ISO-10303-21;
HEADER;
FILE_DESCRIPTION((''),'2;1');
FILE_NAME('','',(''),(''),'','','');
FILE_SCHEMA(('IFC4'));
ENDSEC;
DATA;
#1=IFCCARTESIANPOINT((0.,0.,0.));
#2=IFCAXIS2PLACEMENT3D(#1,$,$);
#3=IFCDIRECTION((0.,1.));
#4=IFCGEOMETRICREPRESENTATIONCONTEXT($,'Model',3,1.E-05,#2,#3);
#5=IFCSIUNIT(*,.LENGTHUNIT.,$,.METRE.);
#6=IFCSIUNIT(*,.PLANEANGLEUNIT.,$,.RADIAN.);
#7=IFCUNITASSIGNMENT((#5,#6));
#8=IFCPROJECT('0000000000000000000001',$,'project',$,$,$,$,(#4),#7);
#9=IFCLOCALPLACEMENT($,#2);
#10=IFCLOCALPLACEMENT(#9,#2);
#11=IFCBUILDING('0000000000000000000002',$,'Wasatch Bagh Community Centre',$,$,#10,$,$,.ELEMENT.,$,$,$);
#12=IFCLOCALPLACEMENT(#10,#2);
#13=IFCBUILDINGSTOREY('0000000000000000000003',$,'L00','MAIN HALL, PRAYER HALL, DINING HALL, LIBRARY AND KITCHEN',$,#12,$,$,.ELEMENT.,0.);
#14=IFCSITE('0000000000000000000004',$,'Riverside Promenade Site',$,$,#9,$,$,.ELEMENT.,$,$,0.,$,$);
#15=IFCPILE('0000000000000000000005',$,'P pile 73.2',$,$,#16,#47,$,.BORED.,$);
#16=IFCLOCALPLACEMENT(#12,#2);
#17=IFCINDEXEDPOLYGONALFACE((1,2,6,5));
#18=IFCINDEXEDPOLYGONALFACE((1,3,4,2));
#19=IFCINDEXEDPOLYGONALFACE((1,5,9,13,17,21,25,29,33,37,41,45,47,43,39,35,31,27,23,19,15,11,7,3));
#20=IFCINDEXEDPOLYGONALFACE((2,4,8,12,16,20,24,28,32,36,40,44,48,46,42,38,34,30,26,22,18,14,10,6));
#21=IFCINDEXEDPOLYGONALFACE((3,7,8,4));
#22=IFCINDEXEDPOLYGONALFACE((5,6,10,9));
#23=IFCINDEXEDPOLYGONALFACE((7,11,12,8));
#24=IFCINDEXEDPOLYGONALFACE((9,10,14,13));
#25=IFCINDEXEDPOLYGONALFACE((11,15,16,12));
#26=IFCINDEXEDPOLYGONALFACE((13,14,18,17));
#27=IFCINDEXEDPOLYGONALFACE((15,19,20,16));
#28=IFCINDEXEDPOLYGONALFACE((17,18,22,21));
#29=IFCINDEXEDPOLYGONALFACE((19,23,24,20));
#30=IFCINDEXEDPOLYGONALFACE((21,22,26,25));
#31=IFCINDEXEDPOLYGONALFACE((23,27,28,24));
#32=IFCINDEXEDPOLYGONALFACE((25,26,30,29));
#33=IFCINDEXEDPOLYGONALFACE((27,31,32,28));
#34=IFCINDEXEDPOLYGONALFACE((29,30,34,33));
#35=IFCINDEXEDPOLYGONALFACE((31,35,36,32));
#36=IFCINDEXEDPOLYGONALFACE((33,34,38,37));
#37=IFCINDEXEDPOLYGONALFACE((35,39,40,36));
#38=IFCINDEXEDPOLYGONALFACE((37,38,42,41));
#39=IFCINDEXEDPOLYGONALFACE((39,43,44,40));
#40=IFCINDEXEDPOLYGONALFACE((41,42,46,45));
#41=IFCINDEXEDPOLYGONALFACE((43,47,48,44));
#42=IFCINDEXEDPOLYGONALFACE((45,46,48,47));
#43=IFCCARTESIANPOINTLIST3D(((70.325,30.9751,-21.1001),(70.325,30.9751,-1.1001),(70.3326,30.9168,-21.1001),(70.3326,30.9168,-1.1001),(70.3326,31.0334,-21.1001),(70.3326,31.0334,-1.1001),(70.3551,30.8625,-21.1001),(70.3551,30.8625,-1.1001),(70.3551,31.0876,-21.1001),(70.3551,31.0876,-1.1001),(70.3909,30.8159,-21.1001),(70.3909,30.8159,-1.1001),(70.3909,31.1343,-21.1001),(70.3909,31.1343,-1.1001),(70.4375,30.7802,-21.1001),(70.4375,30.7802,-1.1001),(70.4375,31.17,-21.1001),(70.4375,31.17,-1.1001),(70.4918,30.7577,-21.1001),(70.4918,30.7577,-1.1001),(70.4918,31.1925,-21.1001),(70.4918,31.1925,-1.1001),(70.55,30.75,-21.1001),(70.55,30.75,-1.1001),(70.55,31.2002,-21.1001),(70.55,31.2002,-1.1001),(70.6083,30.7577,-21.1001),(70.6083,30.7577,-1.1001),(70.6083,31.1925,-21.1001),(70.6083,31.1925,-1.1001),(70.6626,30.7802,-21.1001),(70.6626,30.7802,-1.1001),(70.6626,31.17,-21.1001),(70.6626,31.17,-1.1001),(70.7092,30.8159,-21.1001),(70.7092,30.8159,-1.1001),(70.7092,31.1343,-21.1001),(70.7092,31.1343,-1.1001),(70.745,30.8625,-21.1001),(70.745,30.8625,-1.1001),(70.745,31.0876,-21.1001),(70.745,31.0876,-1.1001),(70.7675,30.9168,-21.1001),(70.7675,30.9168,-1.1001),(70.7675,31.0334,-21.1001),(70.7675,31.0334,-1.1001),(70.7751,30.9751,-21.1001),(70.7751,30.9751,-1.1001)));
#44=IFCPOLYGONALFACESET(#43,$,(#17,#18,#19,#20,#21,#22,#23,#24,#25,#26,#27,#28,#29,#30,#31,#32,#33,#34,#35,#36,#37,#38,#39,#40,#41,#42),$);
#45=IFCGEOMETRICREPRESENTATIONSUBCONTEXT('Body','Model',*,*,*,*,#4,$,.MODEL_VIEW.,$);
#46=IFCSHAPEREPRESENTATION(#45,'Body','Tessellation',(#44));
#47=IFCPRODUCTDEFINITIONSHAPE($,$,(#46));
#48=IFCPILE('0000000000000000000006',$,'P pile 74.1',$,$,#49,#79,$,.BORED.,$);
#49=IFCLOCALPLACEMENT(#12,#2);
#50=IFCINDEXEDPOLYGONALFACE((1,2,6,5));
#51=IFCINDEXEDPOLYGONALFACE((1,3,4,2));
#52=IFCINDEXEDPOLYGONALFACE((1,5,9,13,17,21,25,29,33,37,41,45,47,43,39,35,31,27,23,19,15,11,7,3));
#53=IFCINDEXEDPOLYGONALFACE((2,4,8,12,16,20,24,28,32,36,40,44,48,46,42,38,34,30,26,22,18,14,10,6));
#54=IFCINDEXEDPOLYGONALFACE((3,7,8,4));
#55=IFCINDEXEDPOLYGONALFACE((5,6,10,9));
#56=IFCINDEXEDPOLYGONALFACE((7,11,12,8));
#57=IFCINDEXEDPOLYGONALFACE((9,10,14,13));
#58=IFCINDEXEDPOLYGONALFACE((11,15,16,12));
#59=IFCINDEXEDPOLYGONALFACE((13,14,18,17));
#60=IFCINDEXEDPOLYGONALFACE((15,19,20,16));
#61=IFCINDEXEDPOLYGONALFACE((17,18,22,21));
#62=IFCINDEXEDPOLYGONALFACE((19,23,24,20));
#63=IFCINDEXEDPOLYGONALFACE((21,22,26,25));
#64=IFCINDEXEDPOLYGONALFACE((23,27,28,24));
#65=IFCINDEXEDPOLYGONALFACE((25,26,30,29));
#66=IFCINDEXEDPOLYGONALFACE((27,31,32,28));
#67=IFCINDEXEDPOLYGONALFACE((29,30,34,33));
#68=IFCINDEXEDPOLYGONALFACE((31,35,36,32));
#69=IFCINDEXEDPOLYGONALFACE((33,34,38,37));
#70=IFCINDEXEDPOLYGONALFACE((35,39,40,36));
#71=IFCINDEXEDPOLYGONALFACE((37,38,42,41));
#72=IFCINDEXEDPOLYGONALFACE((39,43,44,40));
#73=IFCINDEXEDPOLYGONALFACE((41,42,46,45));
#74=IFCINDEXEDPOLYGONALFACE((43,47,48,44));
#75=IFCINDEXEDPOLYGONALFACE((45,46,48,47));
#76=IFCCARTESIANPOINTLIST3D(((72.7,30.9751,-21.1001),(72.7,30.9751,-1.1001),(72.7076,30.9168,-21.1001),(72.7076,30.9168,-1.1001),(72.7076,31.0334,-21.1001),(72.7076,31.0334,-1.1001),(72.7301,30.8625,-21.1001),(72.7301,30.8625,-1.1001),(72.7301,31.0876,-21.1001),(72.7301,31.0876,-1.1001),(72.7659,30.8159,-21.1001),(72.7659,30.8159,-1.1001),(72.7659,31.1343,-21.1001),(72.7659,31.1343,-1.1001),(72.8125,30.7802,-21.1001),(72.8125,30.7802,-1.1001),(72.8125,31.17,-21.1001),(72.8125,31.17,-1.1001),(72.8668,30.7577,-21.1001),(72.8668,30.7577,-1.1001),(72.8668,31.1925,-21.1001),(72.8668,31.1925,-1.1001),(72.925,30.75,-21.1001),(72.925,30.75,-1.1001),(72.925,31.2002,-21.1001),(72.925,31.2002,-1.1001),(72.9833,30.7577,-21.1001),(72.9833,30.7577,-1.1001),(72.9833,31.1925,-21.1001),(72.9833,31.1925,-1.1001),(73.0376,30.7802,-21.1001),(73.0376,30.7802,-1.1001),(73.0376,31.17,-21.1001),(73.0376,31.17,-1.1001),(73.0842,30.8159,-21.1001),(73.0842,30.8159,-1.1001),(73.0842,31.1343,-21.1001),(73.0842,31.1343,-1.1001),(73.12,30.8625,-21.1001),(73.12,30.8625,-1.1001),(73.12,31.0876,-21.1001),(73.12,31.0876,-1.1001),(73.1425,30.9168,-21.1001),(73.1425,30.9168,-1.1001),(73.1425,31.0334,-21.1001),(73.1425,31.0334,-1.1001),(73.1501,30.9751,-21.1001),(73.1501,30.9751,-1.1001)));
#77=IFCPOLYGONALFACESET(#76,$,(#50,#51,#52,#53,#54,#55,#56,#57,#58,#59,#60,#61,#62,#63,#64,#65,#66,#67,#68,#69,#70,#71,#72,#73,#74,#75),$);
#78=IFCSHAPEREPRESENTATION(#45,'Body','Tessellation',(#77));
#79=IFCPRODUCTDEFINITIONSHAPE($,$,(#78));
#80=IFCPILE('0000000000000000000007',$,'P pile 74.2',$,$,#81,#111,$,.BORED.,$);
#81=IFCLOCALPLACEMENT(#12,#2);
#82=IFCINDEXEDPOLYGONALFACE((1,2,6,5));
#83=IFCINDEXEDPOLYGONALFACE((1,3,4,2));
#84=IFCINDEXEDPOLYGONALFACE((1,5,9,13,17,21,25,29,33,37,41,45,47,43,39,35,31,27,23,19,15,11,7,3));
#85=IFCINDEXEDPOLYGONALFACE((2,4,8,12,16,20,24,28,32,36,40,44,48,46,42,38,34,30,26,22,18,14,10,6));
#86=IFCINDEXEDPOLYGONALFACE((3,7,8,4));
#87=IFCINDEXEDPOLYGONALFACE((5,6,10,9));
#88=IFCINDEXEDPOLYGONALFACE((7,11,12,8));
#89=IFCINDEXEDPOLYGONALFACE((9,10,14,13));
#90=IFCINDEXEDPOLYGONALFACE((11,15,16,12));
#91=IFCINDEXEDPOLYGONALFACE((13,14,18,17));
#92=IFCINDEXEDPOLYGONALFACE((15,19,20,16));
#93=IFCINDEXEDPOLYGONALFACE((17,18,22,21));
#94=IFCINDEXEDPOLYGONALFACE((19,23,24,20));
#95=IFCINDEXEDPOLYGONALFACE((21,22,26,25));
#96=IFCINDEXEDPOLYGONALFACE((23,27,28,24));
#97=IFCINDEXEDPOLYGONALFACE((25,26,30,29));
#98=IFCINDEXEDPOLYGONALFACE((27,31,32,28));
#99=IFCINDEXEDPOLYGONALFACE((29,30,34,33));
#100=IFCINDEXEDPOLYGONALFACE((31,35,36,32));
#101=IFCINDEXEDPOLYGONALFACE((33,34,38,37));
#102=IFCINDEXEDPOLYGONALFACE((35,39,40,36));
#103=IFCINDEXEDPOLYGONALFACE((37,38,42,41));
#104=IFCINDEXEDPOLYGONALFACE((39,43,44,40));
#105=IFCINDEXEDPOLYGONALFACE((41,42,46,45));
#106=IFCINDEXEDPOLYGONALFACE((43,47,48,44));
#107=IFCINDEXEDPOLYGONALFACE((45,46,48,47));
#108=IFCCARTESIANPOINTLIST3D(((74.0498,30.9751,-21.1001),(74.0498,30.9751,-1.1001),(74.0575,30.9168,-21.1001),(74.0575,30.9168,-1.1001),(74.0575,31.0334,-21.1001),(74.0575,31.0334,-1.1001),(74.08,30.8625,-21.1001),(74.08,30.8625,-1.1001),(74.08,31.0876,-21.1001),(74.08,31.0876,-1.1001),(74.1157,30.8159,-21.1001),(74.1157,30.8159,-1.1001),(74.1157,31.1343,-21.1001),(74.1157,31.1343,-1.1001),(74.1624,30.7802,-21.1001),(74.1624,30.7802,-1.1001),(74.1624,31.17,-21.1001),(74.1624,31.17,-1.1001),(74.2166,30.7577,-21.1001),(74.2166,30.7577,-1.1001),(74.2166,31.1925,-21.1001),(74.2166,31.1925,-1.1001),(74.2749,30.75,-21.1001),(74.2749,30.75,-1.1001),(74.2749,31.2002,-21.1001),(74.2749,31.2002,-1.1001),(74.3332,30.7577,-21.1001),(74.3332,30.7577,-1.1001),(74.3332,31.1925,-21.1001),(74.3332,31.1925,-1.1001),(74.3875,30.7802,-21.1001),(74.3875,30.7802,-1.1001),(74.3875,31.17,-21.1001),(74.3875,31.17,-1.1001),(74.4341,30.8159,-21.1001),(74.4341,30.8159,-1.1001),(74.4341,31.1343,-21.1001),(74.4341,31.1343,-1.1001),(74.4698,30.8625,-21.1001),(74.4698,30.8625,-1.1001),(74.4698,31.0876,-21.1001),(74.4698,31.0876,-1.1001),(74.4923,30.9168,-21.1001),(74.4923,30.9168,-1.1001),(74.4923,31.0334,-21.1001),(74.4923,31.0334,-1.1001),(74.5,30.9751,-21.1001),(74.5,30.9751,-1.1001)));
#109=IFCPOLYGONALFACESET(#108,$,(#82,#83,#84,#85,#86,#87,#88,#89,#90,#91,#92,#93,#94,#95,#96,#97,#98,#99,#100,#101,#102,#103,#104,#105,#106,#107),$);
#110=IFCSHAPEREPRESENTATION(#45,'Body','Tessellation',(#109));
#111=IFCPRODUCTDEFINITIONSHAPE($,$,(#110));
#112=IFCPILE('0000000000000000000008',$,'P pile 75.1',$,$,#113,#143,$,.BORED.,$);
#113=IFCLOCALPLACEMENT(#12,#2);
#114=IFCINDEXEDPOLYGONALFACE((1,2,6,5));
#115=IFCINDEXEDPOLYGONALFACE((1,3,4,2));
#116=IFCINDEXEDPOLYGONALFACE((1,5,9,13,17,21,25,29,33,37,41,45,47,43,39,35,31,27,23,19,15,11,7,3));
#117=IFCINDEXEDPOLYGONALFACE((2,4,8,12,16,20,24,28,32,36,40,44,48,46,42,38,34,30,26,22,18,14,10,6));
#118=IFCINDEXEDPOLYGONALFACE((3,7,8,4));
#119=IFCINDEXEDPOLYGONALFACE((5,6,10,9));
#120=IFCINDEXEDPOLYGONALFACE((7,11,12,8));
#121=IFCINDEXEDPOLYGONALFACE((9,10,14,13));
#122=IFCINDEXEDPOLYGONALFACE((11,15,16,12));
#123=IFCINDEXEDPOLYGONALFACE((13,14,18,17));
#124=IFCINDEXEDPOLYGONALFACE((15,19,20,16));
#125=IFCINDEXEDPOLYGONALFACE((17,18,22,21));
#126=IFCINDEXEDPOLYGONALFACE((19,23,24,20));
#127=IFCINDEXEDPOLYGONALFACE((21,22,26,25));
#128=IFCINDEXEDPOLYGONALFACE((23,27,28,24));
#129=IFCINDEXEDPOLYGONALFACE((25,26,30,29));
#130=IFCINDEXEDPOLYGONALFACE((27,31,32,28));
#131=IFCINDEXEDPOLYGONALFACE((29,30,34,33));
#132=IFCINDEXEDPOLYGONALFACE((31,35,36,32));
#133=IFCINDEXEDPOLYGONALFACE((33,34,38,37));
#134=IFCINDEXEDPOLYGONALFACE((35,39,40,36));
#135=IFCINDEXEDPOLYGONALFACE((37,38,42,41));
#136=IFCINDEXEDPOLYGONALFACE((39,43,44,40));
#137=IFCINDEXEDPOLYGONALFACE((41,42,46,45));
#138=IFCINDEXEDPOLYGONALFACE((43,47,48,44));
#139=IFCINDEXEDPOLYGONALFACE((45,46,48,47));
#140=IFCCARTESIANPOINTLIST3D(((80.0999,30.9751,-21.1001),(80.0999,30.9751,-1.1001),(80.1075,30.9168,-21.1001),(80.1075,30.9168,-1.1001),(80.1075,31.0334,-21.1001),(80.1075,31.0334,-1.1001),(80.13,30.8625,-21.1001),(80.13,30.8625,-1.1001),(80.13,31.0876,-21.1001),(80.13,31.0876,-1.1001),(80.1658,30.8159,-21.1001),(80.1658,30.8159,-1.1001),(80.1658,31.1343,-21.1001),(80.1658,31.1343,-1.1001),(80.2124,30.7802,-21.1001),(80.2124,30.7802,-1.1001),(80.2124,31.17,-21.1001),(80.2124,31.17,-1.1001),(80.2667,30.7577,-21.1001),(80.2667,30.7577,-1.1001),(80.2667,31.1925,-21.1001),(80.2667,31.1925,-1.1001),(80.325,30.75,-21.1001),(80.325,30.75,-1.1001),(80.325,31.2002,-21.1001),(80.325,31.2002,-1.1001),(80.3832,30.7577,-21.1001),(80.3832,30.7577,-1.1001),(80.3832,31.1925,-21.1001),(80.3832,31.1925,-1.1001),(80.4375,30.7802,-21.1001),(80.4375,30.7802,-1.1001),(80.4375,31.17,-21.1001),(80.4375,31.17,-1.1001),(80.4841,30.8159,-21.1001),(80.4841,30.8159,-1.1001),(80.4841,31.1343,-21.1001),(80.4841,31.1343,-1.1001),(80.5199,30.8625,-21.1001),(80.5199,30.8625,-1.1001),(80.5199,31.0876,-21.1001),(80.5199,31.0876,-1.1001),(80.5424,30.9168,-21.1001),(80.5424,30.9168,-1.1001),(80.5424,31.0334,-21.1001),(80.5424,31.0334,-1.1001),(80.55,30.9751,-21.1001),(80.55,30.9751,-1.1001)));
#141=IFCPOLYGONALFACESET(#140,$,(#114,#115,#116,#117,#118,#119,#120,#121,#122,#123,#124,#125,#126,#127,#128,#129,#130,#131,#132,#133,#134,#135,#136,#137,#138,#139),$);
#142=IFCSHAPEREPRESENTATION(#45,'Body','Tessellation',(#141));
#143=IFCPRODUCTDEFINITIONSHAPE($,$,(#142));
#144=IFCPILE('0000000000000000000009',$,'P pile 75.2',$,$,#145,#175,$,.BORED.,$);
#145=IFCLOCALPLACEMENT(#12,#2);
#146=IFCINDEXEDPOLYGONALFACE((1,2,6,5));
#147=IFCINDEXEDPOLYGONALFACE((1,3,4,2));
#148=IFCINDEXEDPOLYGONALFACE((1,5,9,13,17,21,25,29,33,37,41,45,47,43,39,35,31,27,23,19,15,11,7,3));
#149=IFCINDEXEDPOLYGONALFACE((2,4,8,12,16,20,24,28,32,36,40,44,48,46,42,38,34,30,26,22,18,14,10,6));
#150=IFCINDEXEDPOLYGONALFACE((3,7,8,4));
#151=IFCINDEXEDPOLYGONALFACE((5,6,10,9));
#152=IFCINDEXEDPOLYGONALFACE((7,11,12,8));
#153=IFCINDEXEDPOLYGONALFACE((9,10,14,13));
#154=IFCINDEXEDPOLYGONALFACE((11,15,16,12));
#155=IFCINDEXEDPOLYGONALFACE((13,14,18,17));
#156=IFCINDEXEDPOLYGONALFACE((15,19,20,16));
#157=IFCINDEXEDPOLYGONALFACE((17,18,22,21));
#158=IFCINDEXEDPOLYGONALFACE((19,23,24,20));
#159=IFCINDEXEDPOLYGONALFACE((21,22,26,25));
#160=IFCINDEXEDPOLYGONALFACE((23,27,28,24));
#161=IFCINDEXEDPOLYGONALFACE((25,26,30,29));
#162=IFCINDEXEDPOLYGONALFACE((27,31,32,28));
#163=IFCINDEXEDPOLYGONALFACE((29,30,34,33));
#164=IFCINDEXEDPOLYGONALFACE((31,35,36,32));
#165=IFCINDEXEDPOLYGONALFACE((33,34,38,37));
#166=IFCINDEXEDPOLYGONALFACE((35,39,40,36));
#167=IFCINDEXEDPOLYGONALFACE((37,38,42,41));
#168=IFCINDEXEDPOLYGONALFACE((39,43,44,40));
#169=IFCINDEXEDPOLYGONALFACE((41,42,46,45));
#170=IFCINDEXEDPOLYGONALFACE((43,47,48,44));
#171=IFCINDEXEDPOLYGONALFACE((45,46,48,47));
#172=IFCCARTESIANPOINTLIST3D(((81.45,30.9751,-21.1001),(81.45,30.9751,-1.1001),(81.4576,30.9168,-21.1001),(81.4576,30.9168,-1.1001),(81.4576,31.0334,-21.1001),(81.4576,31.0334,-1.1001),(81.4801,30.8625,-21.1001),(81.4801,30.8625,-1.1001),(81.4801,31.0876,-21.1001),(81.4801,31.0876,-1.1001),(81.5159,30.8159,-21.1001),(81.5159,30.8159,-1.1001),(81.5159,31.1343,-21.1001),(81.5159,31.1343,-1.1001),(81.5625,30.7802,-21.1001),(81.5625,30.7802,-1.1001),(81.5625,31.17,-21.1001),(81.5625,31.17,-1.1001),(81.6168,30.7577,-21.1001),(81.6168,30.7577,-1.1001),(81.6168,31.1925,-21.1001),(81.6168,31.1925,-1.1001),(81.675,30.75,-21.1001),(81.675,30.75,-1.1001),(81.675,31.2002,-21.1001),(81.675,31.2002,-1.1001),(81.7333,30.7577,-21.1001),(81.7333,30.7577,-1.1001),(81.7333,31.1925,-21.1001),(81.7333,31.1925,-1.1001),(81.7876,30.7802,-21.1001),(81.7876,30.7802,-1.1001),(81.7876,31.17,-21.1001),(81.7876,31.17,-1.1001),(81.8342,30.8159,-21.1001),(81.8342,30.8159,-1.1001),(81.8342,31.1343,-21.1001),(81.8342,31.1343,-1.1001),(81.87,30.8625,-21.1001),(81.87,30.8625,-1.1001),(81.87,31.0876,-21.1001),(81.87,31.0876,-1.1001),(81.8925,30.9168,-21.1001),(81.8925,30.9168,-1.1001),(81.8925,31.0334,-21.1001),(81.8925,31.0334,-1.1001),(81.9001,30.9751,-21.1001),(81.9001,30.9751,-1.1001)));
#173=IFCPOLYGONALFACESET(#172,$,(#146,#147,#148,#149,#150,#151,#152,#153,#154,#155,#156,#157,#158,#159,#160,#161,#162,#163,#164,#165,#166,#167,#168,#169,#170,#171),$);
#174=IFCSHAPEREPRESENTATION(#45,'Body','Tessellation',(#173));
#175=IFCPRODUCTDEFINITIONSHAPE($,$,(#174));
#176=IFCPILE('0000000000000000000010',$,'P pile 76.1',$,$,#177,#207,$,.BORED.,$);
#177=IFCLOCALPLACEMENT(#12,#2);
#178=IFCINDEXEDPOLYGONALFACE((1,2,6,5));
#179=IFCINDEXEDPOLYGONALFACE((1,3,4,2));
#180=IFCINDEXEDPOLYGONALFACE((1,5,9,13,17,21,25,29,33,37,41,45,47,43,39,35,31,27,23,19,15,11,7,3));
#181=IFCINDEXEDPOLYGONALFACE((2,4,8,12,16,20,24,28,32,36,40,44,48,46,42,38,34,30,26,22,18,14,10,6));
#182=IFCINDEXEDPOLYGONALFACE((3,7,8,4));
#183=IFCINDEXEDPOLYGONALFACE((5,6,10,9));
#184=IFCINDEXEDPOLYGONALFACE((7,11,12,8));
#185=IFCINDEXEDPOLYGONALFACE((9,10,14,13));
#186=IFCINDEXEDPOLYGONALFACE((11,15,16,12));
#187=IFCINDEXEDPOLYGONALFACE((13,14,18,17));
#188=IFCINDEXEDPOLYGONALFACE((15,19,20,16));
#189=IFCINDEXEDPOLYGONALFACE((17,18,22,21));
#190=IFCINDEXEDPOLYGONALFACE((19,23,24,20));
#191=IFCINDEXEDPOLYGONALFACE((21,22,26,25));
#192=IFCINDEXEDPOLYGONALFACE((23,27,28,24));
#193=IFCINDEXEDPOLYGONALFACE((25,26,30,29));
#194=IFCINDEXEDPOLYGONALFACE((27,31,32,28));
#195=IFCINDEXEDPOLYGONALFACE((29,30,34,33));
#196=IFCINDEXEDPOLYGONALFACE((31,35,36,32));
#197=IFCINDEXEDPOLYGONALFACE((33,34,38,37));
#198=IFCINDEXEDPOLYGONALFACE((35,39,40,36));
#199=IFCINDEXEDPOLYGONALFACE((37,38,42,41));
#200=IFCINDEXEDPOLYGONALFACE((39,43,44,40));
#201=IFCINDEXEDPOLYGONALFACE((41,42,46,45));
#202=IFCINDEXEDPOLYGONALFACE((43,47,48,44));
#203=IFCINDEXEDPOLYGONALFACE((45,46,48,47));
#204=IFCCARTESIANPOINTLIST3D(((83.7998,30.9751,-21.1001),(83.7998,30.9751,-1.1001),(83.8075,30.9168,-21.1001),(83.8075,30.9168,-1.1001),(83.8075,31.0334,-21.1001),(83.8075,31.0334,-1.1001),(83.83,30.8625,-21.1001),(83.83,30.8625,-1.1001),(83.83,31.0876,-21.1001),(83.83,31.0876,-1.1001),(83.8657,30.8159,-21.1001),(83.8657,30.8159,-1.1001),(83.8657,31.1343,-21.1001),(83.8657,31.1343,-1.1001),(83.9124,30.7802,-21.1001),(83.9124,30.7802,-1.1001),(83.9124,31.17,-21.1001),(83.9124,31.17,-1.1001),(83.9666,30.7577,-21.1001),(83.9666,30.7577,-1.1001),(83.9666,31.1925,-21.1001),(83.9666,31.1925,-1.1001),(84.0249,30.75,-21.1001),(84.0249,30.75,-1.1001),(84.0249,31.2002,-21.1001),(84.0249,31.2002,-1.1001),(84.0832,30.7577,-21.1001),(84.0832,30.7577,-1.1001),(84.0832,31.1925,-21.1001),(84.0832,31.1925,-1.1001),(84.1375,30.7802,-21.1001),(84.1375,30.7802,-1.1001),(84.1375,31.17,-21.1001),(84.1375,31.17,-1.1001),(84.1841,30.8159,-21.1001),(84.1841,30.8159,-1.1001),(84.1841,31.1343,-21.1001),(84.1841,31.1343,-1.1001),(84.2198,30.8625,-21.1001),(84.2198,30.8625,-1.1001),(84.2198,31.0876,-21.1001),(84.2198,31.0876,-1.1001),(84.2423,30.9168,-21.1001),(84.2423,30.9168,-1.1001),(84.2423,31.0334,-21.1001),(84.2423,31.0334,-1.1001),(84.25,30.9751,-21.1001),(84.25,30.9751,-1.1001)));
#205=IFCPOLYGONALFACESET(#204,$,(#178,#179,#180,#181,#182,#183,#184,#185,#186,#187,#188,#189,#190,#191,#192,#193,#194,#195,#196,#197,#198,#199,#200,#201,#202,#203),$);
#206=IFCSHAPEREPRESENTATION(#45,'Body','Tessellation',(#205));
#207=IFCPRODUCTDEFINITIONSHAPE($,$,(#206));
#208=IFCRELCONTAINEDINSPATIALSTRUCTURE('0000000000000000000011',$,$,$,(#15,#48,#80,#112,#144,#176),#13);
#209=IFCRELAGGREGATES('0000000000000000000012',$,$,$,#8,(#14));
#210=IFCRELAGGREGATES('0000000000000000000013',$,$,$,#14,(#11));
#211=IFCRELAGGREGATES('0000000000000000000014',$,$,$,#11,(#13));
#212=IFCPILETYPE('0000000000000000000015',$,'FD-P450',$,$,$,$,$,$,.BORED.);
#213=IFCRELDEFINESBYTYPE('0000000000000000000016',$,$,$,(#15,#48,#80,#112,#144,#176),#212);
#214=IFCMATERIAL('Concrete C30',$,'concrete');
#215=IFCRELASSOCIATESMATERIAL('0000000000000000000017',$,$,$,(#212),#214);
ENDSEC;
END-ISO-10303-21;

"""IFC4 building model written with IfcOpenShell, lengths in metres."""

from ifc_helpers import new_model, si_unit, direction, frame, origin, origin_2d, place, context, subcontext, project, spatial, circle, extrude, material, material_profile, profile_set, type_object, element, save


model = new_model("IFC4")

# Units and contexts
model_context = context("Model", 3, precision=1e-05, world=origin(), true_north=direction((0.0, 1.0)))
body_context = subcontext(model_context, "Body", "Model", "MODEL_VIEW")
ifc_project = project(units=[si_unit("LENGTHUNIT", "METRE"), si_unit("PLANEANGLEUNIT", "RADIAN")], contexts=[model_context])

# Site, building, storey
site_placement = place(None, origin())
site = spatial("IfcSite", under=ifc_project, at=site_placement, Name="Riverside Promenade Site", CompositionType="ELEMENT", RefElevation=0.0)
building_placement = place(site_placement, origin())
building = spatial("IfcBuilding", under=site, at=building_placement, Name="Wasatch Bagh Community Centre", CompositionType="ELEMENT")
storey_placement = place(building_placement, origin())
storey = spatial("IfcBuildingStorey", under=building, at=storey_placement, Name="L00", Description="MAIN HALL, PRAYER HALL, DINING HALL, LIBRARY AND KITCHEN", CompositionType="ELEMENT", Elevation=0.0)

# Piles
ifc_material_1 = material(Name="Concrete C30", Category="concrete")
ifc_material_profile_1 = material_profile(ifc_material_1, circle(Radius=0.2251, at=origin_2d()), Name="RC D450")
ifc_profile_set_1 = profile_set([ifc_material_profile_1], Name="Concrete C30")
pile_type = type_object("IfcPileType", Name="FD-P450", PredefinedType="BORED", material=ifc_profile_set_1)
for number, where, z_axis, x_axis, name in (
    (1, (70.55, 30.9751, -1.1001), (0.0, 0.0, -1.0), (1.0, 0.0, 0.0), "P pile 73.2"),
    (2, (72.925, 30.9751, -1.1001), (0.0, 0.0, -1.0), (1.0, 0.0, 0.0), "P pile 74.1"),
    (3, (74.2749, 30.9751, -1.1001), (0.0, 0.0, -1.0), (1.0, 0.0, 0.0), "P pile 74.2"),
    (4, (80.325, 30.9751, -1.1001), (0.0, 0.0, -1.0), (1.0, 0.0, 0.0), "P pile 75.1"),
    (5, (81.675, 30.9751, -1.1001), (0.0, 0.0, -1.0), (1.0, 0.0, 0.0), "P pile 75.2"),
    (6, (84.0249, 30.9751, -1.1001), (0.0, 0.0, -1.0), (1.0, 0.0, 0.0), "P pile 76.1"),
):
    element("IfcPile", number, at=place(storey_placement, frame(where, z_axis=z_axis, x_axis=x_axis)), inside=storey, type_object=pile_type, Name=name, PredefinedType="BORED", context=body_context, shape_type="SweptSolid", body=[
        extrude(circle(Radius=0.2251, at=origin_2d()), origin(), (0.0, 0.0, 1.0), 20.0),
    ])

save(model, "model.ifc")
